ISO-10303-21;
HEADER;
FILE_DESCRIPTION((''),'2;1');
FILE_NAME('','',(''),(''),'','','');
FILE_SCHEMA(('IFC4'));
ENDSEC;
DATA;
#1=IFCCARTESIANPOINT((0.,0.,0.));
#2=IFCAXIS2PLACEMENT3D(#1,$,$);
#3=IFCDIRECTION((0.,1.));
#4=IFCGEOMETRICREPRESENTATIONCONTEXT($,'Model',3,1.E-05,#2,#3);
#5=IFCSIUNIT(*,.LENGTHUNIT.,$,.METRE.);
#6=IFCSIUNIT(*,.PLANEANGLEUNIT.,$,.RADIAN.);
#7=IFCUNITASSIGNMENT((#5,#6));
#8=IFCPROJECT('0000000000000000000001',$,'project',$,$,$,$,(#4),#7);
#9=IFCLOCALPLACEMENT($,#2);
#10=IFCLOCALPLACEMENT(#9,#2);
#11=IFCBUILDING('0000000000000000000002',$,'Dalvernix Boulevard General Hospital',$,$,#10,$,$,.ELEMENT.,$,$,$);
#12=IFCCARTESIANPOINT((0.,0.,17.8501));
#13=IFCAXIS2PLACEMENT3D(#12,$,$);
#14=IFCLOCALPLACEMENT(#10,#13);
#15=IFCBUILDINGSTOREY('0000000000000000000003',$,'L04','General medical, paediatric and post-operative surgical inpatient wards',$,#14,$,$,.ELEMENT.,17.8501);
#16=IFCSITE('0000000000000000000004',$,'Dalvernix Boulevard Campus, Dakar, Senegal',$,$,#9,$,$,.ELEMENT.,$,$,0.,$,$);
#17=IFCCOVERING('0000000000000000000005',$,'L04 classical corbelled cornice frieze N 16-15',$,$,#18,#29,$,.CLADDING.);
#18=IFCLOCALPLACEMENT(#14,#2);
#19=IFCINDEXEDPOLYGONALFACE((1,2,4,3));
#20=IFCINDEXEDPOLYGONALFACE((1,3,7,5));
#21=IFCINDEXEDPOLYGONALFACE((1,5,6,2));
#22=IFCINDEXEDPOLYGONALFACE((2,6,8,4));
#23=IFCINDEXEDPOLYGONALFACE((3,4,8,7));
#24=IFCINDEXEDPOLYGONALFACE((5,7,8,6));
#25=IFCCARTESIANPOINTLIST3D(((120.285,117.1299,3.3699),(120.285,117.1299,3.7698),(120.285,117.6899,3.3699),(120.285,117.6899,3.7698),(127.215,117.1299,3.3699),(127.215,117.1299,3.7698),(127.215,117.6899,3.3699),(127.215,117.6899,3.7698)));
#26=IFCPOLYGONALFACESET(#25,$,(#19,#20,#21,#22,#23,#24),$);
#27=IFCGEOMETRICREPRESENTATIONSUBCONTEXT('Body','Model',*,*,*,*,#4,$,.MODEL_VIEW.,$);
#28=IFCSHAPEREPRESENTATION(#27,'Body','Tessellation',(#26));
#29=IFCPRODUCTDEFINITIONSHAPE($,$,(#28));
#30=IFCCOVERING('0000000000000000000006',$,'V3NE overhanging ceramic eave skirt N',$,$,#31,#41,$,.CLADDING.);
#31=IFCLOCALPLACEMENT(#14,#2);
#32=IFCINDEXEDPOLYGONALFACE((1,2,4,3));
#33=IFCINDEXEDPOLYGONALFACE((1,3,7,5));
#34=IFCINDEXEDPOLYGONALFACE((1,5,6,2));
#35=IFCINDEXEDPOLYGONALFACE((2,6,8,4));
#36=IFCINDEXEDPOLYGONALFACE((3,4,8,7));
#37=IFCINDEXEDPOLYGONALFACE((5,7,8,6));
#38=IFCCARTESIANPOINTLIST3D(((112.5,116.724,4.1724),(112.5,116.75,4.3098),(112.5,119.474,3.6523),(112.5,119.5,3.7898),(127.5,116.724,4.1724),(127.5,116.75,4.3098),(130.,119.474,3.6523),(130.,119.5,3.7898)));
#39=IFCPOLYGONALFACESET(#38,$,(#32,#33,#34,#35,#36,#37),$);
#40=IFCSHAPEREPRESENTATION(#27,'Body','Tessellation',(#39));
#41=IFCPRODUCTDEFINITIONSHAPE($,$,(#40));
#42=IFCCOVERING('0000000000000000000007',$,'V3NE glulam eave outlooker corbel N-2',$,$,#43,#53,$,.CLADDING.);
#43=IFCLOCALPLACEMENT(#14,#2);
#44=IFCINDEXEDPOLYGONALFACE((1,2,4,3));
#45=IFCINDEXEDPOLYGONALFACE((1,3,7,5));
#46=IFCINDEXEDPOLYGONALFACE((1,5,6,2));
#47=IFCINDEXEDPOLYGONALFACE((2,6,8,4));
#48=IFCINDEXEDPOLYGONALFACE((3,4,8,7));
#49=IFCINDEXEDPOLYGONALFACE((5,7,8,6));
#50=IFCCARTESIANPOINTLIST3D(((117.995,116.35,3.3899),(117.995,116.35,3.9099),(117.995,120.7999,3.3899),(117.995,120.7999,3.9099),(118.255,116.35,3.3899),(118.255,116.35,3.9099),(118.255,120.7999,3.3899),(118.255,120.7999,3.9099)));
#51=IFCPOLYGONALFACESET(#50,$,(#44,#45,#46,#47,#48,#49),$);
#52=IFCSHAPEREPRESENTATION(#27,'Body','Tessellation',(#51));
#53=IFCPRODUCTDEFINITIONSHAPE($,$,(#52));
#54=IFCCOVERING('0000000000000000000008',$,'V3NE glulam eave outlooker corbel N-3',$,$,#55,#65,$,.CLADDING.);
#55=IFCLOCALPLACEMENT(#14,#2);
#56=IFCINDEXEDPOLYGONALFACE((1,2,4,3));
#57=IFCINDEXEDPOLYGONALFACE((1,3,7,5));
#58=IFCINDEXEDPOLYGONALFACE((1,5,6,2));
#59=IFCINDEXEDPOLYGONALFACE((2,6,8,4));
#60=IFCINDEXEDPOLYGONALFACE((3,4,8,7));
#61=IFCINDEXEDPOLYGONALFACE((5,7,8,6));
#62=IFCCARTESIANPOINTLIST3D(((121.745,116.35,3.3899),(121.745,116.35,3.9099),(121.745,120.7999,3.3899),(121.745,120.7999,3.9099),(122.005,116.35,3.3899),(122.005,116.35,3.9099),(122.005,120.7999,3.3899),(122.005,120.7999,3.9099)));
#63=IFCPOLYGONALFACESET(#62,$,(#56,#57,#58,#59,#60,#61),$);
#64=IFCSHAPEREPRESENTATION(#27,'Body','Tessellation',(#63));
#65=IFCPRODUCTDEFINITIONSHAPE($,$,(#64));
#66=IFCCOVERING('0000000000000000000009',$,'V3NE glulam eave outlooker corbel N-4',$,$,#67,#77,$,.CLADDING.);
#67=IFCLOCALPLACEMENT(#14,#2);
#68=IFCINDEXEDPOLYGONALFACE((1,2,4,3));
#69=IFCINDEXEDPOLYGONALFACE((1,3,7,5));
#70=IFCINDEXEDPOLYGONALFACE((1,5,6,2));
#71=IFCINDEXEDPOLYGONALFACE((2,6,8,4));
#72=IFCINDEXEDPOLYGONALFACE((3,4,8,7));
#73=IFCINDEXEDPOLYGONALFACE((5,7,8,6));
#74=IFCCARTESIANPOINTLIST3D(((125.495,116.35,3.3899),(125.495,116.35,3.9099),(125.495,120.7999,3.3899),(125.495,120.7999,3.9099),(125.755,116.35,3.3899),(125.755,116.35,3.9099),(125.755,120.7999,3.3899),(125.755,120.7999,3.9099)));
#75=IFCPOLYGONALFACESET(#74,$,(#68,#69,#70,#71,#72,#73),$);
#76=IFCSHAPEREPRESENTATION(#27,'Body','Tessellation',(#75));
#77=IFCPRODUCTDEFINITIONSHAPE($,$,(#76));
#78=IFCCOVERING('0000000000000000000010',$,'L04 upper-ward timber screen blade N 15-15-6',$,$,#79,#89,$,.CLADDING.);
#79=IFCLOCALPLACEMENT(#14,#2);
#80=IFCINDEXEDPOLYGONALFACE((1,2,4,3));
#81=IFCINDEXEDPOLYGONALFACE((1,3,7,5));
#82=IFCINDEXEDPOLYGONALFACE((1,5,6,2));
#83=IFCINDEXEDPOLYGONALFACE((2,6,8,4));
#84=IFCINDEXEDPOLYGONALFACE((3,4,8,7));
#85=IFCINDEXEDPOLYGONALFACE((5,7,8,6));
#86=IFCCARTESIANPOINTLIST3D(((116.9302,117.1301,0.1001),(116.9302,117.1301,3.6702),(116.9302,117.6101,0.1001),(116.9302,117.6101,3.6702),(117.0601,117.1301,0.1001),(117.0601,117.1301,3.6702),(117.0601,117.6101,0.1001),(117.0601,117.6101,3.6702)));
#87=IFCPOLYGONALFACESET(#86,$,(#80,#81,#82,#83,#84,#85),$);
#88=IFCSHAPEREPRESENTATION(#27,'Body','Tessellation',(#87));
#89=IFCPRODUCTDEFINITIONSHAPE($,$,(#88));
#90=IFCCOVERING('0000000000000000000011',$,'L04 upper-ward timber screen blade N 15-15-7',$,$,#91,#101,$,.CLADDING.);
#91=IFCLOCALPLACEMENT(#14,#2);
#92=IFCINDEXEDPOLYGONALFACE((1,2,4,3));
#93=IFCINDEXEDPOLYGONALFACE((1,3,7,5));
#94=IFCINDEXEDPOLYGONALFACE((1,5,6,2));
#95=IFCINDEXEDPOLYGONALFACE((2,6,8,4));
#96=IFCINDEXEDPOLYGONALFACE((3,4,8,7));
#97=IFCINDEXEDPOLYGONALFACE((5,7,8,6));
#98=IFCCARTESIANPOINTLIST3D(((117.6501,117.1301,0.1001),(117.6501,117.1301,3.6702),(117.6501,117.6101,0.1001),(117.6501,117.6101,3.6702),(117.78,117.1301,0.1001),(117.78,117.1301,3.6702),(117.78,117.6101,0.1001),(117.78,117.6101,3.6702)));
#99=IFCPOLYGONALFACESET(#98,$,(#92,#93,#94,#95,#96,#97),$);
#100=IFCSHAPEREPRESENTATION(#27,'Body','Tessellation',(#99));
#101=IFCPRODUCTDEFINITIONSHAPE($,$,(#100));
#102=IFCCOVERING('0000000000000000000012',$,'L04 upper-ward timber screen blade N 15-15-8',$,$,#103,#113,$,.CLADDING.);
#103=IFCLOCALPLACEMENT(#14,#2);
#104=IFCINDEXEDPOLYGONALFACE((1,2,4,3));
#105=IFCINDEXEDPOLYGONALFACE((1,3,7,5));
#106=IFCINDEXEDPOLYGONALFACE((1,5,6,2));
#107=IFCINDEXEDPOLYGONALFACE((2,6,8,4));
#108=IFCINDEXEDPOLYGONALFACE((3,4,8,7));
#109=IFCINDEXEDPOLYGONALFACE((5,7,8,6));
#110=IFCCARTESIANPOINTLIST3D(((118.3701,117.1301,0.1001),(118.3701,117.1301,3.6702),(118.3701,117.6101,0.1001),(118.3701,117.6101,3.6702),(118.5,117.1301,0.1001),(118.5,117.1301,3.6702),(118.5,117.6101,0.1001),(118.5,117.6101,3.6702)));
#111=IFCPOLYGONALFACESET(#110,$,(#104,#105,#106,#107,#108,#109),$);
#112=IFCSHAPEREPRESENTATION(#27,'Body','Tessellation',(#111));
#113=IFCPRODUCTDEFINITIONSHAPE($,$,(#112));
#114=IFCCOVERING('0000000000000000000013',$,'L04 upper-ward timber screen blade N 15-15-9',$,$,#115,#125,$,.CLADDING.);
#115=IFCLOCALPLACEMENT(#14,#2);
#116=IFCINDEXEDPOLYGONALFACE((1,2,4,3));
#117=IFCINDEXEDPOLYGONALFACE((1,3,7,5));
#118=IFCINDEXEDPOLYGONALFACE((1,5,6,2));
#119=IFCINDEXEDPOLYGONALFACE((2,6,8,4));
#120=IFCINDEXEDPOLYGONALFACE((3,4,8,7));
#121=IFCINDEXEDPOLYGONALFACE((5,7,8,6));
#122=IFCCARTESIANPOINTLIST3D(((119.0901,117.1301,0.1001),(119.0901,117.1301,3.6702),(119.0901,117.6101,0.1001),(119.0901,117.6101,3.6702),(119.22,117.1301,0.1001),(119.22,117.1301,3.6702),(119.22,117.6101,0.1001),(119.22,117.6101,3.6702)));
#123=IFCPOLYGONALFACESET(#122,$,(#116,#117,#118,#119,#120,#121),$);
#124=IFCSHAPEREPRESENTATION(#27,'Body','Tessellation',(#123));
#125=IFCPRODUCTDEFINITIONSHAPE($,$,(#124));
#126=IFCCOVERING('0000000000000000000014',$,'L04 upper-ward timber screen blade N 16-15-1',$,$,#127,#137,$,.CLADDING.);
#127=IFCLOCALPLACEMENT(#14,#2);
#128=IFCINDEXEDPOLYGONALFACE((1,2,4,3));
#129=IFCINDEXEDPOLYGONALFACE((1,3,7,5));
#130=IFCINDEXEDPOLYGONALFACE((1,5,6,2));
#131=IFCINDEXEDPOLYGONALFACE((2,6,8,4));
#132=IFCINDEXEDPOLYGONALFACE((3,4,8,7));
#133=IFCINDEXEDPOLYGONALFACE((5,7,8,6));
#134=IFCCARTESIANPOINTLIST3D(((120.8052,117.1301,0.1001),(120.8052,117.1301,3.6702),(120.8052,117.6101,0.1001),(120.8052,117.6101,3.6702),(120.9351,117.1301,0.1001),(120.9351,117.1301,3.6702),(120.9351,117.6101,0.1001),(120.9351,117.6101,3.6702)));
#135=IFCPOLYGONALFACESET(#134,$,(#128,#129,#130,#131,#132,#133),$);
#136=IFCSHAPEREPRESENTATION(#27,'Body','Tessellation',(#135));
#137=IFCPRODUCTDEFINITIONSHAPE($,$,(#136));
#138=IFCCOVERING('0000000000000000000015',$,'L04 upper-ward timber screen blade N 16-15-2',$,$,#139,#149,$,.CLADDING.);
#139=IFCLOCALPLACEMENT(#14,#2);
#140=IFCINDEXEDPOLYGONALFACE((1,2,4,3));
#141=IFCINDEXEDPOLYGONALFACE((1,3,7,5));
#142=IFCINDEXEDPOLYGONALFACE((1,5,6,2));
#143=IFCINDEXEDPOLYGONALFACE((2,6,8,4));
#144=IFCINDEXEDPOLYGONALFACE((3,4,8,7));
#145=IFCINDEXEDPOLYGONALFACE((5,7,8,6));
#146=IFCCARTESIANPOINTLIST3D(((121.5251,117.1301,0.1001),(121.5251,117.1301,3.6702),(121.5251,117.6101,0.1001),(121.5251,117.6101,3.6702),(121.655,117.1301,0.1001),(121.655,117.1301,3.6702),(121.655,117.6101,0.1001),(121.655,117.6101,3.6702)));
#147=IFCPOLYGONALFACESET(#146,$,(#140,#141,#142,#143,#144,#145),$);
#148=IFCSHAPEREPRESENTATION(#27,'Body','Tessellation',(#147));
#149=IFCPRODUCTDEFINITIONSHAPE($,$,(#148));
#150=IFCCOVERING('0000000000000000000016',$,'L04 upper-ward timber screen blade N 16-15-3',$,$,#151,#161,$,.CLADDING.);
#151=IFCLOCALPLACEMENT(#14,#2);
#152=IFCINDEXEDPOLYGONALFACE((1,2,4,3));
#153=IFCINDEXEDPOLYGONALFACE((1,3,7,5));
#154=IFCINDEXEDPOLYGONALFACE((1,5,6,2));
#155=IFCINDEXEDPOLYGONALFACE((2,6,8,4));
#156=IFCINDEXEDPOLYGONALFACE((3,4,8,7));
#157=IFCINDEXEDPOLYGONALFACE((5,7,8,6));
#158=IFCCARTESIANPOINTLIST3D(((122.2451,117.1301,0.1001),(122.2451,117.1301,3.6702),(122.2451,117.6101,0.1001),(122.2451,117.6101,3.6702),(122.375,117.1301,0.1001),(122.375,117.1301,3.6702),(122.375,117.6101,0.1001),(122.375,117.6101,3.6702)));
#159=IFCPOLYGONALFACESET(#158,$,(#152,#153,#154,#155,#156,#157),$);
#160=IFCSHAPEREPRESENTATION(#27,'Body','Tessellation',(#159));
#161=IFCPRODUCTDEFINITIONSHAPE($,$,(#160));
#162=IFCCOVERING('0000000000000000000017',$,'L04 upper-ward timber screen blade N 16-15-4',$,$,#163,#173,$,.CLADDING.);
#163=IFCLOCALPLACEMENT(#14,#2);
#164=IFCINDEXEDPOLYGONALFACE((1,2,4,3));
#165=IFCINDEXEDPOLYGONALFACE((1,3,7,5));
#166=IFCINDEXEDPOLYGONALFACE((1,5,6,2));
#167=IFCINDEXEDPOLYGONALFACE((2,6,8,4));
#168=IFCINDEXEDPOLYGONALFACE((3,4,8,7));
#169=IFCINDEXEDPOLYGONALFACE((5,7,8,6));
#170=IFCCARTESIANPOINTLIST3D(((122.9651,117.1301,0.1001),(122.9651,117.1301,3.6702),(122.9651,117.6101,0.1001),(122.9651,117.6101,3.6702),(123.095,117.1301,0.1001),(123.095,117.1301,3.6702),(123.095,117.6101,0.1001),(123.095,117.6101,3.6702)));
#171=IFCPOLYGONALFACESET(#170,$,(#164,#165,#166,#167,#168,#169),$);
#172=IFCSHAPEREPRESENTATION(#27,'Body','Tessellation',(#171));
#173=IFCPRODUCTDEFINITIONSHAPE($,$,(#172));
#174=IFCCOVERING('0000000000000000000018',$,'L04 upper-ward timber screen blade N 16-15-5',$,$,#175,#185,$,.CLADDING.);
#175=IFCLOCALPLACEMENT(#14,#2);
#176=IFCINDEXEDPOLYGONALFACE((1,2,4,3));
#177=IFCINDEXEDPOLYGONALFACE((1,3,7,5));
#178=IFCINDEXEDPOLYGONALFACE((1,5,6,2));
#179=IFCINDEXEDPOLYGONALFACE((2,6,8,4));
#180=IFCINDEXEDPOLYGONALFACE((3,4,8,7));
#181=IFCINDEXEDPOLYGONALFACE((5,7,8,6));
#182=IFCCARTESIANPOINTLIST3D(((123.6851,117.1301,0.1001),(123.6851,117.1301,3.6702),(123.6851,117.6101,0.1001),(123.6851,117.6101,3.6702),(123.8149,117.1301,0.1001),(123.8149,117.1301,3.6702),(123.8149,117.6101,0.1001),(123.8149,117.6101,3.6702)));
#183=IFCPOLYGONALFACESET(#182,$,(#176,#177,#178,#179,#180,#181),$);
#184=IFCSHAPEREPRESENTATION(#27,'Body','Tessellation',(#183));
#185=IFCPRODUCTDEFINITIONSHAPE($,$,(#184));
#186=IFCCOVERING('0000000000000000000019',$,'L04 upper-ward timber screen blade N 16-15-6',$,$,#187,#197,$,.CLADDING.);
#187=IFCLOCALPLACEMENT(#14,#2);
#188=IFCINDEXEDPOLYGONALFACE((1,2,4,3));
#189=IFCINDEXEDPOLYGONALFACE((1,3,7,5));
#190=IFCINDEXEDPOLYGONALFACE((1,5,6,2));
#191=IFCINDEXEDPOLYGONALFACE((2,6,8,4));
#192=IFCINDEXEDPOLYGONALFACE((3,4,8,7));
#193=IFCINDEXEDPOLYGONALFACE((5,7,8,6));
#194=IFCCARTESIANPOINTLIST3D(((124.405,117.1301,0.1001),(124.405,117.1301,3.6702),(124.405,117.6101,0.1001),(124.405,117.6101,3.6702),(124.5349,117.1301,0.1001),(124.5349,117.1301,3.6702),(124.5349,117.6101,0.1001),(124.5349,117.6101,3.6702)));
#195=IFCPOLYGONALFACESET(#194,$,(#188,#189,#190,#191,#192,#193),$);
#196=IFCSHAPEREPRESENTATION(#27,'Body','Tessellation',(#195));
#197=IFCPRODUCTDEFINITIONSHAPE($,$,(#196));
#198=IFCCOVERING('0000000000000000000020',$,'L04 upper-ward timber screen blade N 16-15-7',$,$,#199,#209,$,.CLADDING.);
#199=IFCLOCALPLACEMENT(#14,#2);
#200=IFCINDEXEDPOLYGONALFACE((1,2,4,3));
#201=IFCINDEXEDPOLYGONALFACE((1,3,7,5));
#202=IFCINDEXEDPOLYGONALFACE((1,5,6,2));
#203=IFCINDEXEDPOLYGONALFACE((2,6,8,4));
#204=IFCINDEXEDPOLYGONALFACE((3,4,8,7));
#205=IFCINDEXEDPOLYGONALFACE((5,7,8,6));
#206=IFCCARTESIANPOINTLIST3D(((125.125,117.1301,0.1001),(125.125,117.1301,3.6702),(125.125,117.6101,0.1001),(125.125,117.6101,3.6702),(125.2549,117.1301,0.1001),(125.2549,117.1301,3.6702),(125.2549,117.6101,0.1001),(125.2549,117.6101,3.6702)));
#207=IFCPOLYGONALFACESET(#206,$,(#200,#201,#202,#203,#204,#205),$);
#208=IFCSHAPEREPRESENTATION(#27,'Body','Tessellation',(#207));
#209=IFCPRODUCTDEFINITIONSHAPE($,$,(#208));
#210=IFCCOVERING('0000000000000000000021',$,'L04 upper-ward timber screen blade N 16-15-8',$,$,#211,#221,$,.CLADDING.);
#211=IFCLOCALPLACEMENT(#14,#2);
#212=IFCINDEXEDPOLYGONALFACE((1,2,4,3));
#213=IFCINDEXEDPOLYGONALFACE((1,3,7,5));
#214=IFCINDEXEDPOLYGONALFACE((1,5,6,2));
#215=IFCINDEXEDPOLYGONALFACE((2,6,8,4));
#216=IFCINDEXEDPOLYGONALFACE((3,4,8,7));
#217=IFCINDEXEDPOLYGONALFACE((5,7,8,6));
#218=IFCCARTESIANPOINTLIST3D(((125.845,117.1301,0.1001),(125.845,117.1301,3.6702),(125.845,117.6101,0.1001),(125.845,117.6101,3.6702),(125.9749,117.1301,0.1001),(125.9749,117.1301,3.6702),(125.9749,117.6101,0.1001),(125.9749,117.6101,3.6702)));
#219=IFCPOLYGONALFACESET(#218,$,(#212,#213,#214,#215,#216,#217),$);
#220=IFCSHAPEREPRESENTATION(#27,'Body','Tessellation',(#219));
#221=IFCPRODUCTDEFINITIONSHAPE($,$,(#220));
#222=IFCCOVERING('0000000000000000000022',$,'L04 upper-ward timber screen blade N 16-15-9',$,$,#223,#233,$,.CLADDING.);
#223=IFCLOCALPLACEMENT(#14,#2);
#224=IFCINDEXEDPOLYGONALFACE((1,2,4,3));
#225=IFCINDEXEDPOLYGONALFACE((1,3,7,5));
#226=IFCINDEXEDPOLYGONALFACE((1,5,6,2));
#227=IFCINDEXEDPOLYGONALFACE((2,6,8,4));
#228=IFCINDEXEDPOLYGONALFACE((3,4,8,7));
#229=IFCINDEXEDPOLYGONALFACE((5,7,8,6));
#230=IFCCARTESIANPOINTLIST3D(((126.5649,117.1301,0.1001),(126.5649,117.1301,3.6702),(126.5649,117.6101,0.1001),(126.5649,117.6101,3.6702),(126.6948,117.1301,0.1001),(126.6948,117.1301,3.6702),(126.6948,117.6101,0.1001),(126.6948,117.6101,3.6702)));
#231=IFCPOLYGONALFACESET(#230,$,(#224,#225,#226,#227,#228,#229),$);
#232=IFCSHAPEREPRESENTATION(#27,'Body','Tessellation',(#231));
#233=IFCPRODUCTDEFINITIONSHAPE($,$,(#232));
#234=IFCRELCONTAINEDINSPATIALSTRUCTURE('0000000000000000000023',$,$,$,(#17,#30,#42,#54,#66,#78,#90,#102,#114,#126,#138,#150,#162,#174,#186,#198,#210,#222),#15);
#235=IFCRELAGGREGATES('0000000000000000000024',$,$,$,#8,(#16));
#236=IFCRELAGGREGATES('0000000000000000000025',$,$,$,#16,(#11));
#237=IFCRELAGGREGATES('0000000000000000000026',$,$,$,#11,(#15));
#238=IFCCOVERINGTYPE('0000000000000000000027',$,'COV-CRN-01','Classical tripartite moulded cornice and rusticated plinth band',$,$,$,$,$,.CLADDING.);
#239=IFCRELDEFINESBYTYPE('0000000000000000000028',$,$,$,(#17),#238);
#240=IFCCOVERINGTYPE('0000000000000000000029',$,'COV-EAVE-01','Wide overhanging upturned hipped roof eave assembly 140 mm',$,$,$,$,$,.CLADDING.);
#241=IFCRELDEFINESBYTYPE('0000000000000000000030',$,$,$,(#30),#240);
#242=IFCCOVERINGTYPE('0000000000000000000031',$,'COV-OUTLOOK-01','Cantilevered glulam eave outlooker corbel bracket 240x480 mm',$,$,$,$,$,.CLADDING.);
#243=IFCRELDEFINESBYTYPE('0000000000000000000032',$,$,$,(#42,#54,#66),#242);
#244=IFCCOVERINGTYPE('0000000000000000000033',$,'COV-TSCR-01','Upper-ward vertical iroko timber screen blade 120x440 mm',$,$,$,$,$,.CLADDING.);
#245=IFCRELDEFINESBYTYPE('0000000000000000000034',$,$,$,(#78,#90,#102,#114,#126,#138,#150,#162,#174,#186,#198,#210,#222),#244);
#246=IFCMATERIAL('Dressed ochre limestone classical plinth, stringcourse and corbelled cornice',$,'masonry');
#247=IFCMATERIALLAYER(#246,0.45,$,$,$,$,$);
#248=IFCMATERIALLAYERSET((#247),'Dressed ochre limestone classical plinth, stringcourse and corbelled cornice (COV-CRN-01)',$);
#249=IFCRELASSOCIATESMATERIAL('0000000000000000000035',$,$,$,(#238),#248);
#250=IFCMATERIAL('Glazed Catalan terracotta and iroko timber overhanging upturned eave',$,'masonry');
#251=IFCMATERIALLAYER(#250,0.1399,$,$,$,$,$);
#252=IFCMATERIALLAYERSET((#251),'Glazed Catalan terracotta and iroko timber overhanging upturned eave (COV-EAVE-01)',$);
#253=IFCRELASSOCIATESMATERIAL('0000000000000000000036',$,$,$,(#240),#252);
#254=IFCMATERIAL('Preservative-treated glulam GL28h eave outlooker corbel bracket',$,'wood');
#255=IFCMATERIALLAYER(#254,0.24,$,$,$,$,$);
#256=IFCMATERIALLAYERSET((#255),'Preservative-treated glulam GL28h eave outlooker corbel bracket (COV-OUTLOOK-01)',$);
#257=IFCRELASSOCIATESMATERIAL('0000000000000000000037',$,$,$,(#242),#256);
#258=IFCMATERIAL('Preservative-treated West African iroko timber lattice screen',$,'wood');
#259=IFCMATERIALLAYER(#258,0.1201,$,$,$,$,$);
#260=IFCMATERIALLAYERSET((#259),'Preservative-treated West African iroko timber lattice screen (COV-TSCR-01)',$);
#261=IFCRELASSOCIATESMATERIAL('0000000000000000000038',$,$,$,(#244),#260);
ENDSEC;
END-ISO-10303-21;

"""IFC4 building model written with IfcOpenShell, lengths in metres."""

from ifc_helpers import new_model, si_unit, direction, frame, origin, origin_2d, place, context, subcontext, project, spatial, polyline, rectangle, outline, extrude, material, layer, layer_set, type_object, element, save


model = new_model("IFC4")

# Units and contexts
model_context = context("Model", 3, precision=1e-05, world=origin(), true_north=direction((0.0, 1.0)))
body_context = subcontext(model_context, "Body", "Model", "MODEL_VIEW")
ifc_project = project(units=[si_unit("LENGTHUNIT", "METRE"), si_unit("PLANEANGLEUNIT", "RADIAN")], contexts=[model_context])

# Site, building, storey
site_placement = place(None, origin())
site = spatial("IfcSite", under=ifc_project, at=site_placement, Name="Dalvernix Boulevard Campus, Dakar, Senegal", CompositionType="ELEMENT", RefElevation=0.0)
building_placement = place(site_placement, origin())
building = spatial("IfcBuilding", under=site, at=building_placement, Name="Dalvernix Boulevard General Hospital", CompositionType="ELEMENT")
storey_placement = place(building_placement, frame((0.0, 0.0, 17.8501)))
storey = spatial("IfcBuildingStorey", under=building, at=storey_placement, Name="L04", Description="General medical, paediatric and post-operative surgical inpatient wards", CompositionType="ELEMENT", Elevation=17.8501)

# Coverings
ifc_material_1 = material(Name="Dressed ochre limestone classical plinth, stringcourse and corbelled cornice", Category="masonry")
ifc_layer_1 = layer(ifc_material_1, 0.45)
ifc_layer_set_1 = layer_set([ifc_layer_1], Name="Dressed ochre limestone classical plinth, stringcourse and corbelled cornice (COV-CRN-01)")
covering_type_1 = type_object("IfcCoveringType", Name="COV-CRN-01", Description="Classical tripartite moulded cornice and rusticated plinth band", PredefinedType="CLADDING", material=ifc_layer_set_1)
covering_1_placement = place(storey_placement, frame((123.75, 117.4099, 3.3699), z_axis=(0.0, 0.0, 1.0), x_axis=(1.0, 0.0, 0.0)))
element("IfcCovering", 1, at=covering_1_placement, inside=storey, type_object=covering_type_1, Name="L04 classical corbelled cornice frieze N 16-15", PredefinedType="CLADDING", context=body_context, shape_type="SweptSolid", body=[
    extrude(rectangle(XDim=6.9299, YDim=0.5601, at=origin_2d()), origin(), (0.0, 0.0, 1.0), 0.3999),
])
ifc_material_2 = material(Name="Glazed Catalan terracotta and iroko timber overhanging upturned eave", Category="masonry")
ifc_layer_2 = layer(ifc_material_2, 0.1399)
ifc_layer_set_2 = layer_set([ifc_layer_2], Name="Glazed Catalan terracotta and iroko timber overhanging upturned eave (COV-EAVE-01)")
covering_type_2 = type_object("IfcCoveringType", Name="COV-EAVE-01", Description="Wide overhanging upturned hipped roof eave assembly 140 mm", PredefinedType="CLADDING", material=ifc_layer_set_2)
covering_2_placement = place(storey_placement, frame((127.5, 116.75, 4.3098), z_axis=(0.0, 0.185805, 0.982587), x_axis=(-1.0, 0.0, 0.0)))
element("IfcCovering", 2, at=covering_2_placement, inside=storey, type_object=covering_type_2, Name="V3NE overhanging ceramic eave skirt N", PredefinedType="CLADDING", context=body_context, shape_type="SweptSolid", body=[
    extrude(outline(polyline([(0.0, 0.0), (15.0, 0.0), (15.0, -2.7987), (-2.5, -2.7987), (0.0, 0.0)])), origin(), (0.0, 0.0, -1.0), 0.1399),
])
ifc_material_3 = material(Name="Preservative-treated glulam GL28h eave outlooker corbel bracket", Category="wood")
ifc_layer_3 = layer(ifc_material_3, 0.24)
ifc_layer_set_3 = layer_set([ifc_layer_3], Name="Preservative-treated glulam GL28h eave outlooker corbel bracket (COV-OUTLOOK-01)")
covering_type_3 = type_object("IfcCoveringType", Name="COV-OUTLOOK-01", Description="Cantilevered glulam eave outlooker corbel bracket 240x480 mm", PredefinedType="CLADDING", material=ifc_layer_set_3)
for number, where, z_axis, x_axis, name in (
    (3, (118.125, 118.575, 3.3899), (0.0, 0.0, 1.0), (1.0, 0.0, 0.0), "V3NE glulam eave outlooker corbel N-2"),
    (4, (121.875, 118.575, 3.3899), (0.0, 0.0, 1.0), (1.0, 0.0, 0.0), "V3NE glulam eave outlooker corbel N-3"),
    (5, (125.625, 118.575, 3.3899), (0.0, 0.0, 1.0), (1.0, 0.0, 0.0), "V3NE glulam eave outlooker corbel N-4"),
):
    element("IfcCovering", number, at=place(storey_placement, frame(where, z_axis=z_axis, x_axis=x_axis)), inside=storey, type_object=covering_type_3, Name=name, PredefinedType="CLADDING", context=body_context, shape_type="SweptSolid", body=[
        extrude(rectangle(XDim=0.26, YDim=4.45, at=origin_2d()), origin(), (0.0, 0.0, 1.0), 0.52),
    ])
ifc_material_4 = material(Name="Preservative-treated West African iroko timber lattice screen", Category="wood")
ifc_layer_4 = layer(ifc_material_4, 0.1201)
ifc_layer_set_4 = layer_set([ifc_layer_4], Name="Preservative-treated West African iroko timber lattice screen (COV-TSCR-01)")
covering_type_4 = type_object("IfcCoveringType", Name="COV-TSCR-01", Description="Upper-ward vertical iroko timber screen blade 120x440 mm", PredefinedType="CLADDING", material=ifc_layer_set_4)
for number, where, z_axis, x_axis, name in (
    (6, (116.9951, 117.3701, 0.1001), (0.0, 0.0, 1.0), (1.0, 0.0, 0.0), "L04 upper-ward timber screen blade N 15-15-6"),
    (7, (117.7151, 117.3701, 0.1001), (0.0, 0.0, 1.0), (1.0, 0.0, 0.0), "L04 upper-ward timber screen blade N 15-15-7"),
    (8, (118.4351, 117.3701, 0.1001), (0.0, 0.0, 1.0), (1.0, 0.0, 0.0), "L04 upper-ward timber screen blade N 15-15-8"),
    (9, (119.155, 117.3701, 0.1001), (0.0, 0.0, 1.0), (1.0, 0.0, 0.0), "L04 upper-ward timber screen blade N 15-15-9"),
    (10, (120.8701, 117.3701, 0.1001), (0.0, 0.0, 1.0), (1.0, 0.0, 0.0), "L04 upper-ward timber screen blade N 16-15-1"),
    (11, (121.5901, 117.3701, 0.1001), (0.0, 0.0, 1.0), (1.0, 0.0, 0.0), "L04 upper-ward timber screen blade N 16-15-2"),
    (12, (122.3101, 117.3701, 0.1001), (0.0, 0.0, 1.0), (1.0, 0.0, 0.0), "L04 upper-ward timber screen blade N 16-15-3"),
    (13, (123.03, 117.3701, 0.1001), (0.0, 0.0, 1.0), (1.0, 0.0, 0.0), "L04 upper-ward timber screen blade N 16-15-4"),
    (14, (123.75, 117.3701, 0.1001), (0.0, 0.0, 1.0), (1.0, 0.0, 0.0), "L04 upper-ward timber screen blade N 16-15-5"),
    (15, (124.47, 117.3701, 0.1001), (0.0, 0.0, 1.0), (1.0, 0.0, 0.0), "L04 upper-ward timber screen blade N 16-15-6"),
    (16, (125.1899, 117.3701, 0.1001), (0.0, 0.0, 1.0), (1.0, 0.0, 0.0), "L04 upper-ward timber screen blade N 16-15-7"),
    (17, (125.9099, 117.3701, 0.1001), (0.0, 0.0, 1.0), (1.0, 0.0, 0.0), "L04 upper-ward timber screen blade N 16-15-8"),
    (18, (126.6299, 117.3701, 0.1001), (0.0, 0.0, 1.0), (1.0, 0.0, 0.0), "L04 upper-ward timber screen blade N 16-15-9"),
):
    element("IfcCovering", number, at=place(storey_placement, frame(where, z_axis=z_axis, x_axis=x_axis)), inside=storey, type_object=covering_type_4, Name=name, PredefinedType="CLADDING", context=body_context, shape_type="SweptSolid", body=[
        extrude(rectangle(XDim=0.1299, YDim=0.48, at=origin_2d()), origin(), (0.0, 0.0, 1.0), 3.5701),
    ])

save(model, "model.ifc")
